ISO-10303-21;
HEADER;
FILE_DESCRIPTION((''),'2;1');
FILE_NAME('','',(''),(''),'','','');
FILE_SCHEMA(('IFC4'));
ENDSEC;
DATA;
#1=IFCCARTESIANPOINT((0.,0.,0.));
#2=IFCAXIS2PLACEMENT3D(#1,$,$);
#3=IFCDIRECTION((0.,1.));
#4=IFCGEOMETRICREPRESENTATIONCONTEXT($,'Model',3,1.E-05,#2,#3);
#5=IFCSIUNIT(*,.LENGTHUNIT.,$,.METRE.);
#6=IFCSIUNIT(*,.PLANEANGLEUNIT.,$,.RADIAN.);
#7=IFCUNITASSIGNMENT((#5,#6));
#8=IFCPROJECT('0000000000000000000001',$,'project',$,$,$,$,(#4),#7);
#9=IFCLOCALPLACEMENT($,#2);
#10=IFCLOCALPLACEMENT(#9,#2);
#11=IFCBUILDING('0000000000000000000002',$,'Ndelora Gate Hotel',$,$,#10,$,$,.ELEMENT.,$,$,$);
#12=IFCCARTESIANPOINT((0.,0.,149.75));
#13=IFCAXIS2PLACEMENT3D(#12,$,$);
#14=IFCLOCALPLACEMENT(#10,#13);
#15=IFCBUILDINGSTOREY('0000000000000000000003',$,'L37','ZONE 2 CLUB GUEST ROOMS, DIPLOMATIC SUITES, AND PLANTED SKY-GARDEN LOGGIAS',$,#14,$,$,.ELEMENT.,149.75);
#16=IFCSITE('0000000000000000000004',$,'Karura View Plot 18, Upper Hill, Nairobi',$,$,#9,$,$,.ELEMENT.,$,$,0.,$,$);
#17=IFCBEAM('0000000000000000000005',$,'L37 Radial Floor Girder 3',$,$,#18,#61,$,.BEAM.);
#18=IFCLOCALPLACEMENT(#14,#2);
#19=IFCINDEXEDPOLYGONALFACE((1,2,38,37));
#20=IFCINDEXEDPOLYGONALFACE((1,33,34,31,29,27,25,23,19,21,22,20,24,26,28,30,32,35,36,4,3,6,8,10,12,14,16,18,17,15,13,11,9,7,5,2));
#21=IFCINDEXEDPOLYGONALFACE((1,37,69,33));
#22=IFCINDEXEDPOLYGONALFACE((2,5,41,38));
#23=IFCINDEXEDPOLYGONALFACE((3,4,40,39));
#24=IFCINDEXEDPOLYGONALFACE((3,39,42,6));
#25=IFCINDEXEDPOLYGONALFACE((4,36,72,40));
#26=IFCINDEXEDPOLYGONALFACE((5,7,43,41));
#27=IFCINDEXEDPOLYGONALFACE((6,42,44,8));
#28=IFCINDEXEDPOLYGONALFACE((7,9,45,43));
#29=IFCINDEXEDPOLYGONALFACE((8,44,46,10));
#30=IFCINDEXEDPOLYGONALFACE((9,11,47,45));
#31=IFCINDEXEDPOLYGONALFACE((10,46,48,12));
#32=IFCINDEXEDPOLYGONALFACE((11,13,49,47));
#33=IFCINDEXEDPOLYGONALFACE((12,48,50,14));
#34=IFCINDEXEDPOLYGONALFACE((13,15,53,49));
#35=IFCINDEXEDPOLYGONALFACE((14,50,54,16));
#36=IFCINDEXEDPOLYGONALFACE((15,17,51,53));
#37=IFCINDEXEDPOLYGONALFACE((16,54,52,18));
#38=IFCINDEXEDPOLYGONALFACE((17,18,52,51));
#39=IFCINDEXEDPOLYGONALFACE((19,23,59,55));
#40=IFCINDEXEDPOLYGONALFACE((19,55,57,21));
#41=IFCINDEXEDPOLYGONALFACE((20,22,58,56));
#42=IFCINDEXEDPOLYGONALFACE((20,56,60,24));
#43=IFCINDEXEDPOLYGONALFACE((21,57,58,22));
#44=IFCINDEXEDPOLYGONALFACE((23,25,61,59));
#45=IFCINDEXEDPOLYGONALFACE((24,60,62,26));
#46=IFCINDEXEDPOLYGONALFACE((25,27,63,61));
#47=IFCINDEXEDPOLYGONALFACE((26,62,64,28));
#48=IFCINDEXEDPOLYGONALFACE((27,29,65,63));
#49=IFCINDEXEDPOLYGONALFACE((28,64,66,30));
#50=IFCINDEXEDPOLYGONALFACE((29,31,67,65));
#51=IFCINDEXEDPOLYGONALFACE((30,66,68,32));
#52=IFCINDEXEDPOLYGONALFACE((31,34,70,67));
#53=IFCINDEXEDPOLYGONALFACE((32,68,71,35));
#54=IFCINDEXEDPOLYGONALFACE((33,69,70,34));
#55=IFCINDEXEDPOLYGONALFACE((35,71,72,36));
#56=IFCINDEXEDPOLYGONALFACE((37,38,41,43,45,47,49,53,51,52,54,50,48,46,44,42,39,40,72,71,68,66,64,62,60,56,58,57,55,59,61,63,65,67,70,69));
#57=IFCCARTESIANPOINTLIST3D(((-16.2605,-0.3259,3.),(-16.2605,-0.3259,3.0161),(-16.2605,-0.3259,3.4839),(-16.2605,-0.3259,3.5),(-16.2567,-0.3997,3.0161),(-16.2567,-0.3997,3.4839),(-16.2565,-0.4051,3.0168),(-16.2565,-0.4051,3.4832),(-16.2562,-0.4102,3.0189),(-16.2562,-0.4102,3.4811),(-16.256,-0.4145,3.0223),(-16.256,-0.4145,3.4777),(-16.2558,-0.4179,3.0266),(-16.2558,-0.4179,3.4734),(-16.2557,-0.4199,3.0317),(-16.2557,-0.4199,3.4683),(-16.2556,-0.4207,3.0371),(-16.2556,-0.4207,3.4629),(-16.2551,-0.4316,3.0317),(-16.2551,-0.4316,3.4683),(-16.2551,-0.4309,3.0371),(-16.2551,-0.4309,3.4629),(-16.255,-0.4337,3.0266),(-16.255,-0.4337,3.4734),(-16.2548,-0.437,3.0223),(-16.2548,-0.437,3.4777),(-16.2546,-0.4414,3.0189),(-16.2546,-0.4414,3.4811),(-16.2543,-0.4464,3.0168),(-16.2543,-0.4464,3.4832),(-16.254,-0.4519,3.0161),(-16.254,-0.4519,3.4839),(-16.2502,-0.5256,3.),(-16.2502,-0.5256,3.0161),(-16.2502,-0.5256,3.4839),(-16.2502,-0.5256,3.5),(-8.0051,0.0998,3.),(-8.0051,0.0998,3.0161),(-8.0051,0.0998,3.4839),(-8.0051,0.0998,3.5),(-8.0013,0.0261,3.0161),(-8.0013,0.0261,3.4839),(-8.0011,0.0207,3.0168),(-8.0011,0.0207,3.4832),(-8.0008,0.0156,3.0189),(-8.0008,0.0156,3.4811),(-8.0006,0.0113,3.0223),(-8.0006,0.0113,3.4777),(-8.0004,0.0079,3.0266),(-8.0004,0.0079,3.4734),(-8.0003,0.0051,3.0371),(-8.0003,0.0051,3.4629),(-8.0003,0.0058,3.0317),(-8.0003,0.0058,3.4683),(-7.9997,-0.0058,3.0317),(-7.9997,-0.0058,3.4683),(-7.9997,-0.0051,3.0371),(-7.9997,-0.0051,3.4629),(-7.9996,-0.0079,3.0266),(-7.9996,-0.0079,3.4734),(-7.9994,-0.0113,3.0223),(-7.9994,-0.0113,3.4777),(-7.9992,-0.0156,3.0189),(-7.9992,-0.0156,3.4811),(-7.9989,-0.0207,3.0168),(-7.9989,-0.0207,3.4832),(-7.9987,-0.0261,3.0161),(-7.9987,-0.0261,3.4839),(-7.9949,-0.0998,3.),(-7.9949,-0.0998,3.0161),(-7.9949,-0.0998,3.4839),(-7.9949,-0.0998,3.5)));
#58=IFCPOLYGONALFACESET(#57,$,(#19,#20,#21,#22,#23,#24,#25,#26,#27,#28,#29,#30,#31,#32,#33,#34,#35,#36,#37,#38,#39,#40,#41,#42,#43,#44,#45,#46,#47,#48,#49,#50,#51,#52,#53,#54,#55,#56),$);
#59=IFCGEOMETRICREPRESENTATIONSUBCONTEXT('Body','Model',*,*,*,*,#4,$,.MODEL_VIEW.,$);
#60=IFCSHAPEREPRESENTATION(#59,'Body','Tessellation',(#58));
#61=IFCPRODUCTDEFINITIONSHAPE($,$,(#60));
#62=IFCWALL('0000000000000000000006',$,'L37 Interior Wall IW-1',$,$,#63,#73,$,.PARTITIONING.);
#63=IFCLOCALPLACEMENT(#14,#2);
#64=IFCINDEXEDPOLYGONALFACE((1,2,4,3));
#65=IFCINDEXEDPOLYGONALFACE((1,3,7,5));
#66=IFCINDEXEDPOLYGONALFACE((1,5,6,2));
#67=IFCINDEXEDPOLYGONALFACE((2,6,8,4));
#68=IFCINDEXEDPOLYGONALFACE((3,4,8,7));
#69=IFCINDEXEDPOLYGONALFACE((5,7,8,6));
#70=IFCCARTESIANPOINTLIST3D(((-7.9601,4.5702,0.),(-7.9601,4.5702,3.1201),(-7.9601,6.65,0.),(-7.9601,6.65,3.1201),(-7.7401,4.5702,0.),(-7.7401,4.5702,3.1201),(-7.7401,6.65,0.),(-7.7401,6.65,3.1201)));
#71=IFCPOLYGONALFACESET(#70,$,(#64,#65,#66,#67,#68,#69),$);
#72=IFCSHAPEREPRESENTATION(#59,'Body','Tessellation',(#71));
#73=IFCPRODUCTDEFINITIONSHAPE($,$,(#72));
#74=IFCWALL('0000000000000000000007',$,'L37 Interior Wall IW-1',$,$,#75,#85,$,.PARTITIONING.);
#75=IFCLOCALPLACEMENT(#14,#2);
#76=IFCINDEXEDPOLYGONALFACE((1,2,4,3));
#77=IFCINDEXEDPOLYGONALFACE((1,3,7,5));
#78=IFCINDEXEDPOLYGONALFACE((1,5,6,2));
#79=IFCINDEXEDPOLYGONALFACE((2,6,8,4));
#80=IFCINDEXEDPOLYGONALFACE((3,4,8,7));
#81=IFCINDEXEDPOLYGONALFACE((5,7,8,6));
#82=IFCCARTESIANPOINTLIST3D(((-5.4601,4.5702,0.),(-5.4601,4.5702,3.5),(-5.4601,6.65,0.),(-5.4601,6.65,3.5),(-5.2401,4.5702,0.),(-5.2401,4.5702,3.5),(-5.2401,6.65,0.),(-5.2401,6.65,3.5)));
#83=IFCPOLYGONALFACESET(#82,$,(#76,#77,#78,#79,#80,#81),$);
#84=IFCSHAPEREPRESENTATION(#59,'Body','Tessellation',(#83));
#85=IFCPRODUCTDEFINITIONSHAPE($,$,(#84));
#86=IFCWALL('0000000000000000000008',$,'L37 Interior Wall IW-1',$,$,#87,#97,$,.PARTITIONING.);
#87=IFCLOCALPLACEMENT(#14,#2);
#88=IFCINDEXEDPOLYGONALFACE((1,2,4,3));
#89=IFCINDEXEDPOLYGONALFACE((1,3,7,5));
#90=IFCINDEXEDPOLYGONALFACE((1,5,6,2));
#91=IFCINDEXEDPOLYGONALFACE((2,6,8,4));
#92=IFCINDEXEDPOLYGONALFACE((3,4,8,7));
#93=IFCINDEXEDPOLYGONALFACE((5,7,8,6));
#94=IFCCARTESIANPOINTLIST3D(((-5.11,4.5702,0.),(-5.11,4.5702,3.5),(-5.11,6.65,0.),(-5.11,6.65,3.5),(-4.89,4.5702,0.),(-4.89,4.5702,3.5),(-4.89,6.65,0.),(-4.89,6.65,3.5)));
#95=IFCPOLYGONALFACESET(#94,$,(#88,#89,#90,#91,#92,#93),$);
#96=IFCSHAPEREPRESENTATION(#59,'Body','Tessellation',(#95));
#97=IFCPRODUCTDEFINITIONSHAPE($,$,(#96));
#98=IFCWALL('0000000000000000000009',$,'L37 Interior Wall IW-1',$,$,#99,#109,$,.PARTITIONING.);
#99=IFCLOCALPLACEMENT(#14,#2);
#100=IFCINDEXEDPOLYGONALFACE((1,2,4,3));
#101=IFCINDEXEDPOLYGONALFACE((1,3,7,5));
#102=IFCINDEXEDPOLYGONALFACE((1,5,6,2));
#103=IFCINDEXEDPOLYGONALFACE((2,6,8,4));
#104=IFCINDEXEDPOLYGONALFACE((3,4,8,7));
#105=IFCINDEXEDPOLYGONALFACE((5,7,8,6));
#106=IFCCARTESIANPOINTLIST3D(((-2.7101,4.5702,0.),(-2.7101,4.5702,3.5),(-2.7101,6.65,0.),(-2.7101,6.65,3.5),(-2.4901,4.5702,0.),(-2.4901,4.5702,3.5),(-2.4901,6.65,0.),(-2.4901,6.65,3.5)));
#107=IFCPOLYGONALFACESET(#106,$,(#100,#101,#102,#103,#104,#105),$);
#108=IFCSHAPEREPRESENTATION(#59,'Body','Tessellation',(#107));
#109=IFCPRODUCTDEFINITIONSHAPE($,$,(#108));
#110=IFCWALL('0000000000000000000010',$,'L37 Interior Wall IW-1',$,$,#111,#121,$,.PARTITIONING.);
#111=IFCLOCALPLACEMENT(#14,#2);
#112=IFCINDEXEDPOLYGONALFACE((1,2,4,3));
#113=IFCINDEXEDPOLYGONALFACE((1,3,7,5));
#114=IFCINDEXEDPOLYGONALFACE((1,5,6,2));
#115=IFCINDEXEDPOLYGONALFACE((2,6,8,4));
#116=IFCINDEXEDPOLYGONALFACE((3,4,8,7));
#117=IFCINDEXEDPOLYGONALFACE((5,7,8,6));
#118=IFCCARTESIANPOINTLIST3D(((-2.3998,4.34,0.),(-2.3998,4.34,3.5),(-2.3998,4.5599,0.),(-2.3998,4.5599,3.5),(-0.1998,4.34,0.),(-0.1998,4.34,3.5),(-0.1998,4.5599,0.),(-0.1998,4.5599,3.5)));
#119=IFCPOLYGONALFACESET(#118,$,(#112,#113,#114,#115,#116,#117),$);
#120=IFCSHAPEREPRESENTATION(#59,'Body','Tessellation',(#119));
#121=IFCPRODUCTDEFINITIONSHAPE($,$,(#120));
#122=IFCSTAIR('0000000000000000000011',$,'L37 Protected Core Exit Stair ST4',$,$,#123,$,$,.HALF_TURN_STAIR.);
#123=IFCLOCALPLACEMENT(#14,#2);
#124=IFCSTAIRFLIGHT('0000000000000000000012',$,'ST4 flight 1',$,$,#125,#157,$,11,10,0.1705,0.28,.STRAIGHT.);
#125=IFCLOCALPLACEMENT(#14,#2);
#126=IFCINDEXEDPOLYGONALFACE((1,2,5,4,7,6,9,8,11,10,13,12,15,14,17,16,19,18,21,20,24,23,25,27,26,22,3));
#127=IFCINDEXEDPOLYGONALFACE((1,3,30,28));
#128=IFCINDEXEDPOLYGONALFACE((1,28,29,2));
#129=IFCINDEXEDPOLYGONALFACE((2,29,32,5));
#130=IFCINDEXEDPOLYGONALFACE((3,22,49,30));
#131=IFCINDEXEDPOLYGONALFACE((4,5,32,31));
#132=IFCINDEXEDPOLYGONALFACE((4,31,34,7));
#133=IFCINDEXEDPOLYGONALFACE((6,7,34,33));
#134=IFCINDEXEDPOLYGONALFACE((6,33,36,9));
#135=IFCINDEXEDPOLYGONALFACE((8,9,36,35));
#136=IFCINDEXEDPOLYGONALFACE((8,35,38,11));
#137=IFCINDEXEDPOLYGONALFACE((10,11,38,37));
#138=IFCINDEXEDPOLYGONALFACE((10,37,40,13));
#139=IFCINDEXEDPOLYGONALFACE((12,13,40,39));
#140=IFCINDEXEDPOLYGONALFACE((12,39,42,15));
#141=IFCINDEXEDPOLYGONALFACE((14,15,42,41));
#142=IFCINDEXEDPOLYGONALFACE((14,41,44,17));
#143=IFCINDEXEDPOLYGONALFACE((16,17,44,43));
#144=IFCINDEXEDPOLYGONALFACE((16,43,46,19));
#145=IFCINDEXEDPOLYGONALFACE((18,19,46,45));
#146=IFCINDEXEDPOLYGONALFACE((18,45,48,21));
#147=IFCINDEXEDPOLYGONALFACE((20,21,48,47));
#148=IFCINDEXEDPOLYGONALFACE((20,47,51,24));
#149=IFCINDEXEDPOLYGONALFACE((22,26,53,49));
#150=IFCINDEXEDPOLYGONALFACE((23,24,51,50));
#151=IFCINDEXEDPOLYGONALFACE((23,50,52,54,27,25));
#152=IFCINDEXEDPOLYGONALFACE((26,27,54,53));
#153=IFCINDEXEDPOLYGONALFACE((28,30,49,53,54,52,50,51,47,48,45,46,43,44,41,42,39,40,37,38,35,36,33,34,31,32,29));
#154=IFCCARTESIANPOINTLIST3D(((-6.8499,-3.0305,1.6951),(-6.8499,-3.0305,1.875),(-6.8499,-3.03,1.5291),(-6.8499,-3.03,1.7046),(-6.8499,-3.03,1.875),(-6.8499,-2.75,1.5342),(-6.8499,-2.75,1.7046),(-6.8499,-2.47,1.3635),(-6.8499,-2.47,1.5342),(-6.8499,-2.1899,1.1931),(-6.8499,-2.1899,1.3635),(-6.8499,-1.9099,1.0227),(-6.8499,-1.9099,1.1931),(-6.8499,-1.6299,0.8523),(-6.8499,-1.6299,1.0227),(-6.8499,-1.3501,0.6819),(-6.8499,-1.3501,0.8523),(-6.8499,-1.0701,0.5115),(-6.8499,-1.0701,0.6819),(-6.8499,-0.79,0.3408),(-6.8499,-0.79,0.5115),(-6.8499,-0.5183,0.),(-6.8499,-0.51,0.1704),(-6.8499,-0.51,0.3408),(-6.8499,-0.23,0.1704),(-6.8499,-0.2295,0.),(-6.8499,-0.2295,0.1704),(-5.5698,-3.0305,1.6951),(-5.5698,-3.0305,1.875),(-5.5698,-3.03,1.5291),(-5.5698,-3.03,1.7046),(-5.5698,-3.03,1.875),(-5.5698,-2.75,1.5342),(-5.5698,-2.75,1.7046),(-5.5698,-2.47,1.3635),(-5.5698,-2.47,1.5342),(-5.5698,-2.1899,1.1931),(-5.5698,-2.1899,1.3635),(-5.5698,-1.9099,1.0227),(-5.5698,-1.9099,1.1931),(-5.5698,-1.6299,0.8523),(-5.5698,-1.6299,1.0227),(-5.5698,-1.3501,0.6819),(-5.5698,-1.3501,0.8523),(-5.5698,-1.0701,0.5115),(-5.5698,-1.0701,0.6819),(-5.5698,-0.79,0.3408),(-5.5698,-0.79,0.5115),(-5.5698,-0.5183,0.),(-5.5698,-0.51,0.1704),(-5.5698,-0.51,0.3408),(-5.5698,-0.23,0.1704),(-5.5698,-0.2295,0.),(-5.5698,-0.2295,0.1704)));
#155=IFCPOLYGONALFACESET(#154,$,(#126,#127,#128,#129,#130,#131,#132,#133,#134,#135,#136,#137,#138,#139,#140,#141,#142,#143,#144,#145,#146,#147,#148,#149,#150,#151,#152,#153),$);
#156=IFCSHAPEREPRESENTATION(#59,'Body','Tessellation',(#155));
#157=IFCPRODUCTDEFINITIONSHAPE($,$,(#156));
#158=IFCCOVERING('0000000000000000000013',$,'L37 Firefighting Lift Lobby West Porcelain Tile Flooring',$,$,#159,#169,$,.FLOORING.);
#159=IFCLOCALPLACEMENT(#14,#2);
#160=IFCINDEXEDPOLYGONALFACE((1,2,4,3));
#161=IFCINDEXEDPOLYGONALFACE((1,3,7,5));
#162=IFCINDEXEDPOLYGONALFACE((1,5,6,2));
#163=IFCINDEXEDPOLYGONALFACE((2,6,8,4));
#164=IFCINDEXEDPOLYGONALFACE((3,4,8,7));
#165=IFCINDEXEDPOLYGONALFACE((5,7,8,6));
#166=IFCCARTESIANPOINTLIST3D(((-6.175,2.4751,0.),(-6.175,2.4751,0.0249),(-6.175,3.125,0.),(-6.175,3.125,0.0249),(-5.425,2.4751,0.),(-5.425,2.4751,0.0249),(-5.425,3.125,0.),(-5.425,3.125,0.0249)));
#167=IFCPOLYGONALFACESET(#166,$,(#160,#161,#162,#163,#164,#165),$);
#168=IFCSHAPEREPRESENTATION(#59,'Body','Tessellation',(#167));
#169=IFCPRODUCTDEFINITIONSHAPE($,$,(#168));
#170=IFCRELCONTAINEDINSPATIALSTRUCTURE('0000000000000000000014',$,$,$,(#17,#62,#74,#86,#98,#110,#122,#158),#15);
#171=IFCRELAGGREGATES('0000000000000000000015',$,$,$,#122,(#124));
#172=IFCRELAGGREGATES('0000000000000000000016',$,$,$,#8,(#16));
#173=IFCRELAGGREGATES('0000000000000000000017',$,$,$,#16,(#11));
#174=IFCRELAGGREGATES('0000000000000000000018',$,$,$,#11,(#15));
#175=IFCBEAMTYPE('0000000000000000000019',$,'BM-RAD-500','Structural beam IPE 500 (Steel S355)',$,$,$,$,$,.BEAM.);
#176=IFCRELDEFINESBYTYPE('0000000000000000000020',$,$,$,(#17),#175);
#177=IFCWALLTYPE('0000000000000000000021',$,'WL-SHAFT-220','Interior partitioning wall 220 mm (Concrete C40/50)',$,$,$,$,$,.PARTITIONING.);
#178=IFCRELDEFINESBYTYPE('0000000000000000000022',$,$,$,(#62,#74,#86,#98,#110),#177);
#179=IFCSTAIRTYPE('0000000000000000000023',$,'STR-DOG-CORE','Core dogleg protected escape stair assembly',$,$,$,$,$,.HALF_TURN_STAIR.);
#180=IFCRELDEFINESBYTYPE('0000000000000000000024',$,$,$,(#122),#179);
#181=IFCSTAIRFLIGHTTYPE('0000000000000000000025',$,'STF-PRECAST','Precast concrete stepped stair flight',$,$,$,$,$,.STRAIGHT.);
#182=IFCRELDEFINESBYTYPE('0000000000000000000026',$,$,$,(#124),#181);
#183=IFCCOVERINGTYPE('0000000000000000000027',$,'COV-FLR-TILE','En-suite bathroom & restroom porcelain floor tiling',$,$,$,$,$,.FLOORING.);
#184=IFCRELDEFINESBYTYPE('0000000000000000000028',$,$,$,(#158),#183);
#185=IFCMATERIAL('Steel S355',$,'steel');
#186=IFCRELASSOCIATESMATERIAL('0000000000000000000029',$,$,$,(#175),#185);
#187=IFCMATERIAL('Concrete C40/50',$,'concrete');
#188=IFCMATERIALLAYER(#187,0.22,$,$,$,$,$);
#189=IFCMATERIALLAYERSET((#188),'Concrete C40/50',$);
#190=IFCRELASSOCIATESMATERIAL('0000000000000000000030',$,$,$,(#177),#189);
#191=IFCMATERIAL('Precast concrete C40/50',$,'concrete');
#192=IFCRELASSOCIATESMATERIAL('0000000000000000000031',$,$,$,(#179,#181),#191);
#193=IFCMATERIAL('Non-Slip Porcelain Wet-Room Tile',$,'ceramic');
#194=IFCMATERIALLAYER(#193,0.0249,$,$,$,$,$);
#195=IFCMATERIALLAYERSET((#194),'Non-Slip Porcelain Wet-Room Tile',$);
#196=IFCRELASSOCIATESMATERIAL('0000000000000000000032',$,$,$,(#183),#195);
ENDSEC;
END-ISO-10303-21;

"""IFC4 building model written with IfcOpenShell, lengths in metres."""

from ifc_helpers import new_model, si_unit, direction, frame, frame_2d, origin, origin_2d, place, context, subcontext, project, spatial, polyline, rectangle, i_section, outline, extrude, material, layer, layer_set, material_profile, profile_set, type_object, element, aggregate, save


model = new_model("IFC4")

# Units and contexts
model_context = context("Model", 3, precision=1e-05, world=origin(), true_north=direction((0.0, 1.0)))
body_context = subcontext(model_context, "Body", "Model", "MODEL_VIEW")
ifc_project = project(units=[si_unit("LENGTHUNIT", "METRE"), si_unit("PLANEANGLEUNIT", "RADIAN")], contexts=[model_context])

# Site, building, storey
site_placement = place(None, origin())
site = spatial("IfcSite", under=ifc_project, at=site_placement, Name="Karura View Plot 18, Upper Hill, Nairobi", CompositionType="ELEMENT", RefElevation=0.0)
building_placement = place(site_placement, origin())
building = spatial("IfcBuilding", under=site, at=building_placement, Name="Ndelora Gate Hotel", CompositionType="ELEMENT")
storey_placement = place(building_placement, frame((0.0, 0.0, 149.75)))
storey = spatial("IfcBuildingStorey", under=building, at=storey_placement, Name="L37", Description="ZONE 2 CLUB GUEST ROOMS, DIPLOMATIC SUITES, AND PLANTED SKY-GARDEN LOGGIAS", CompositionType="ELEMENT", Elevation=149.75)

# Beam
ifc_material_1 = material(Name="Steel S355", Category="steel")
ifc_material_profile = material_profile(ifc_material_1, i_section(OverallWidth=0.2, OverallDepth=0.5, WebThickness=0.0103, FlangeThickness=0.0161, FilletRadius=0.021, at=origin_2d()), Name="IPE 500")
ifc_profile_set = profile_set([ifc_material_profile], Name="Steel S355")
beam_type = type_object("IfcBeamType", Name="BM-RAD-500", Description="Structural beam IPE 500 (Steel S355)", PredefinedType="BEAM", material=ifc_profile_set)
beam_placement = place(storey_placement, frame((-8.0, 0.0, 3.25), z_axis=(-0.998673, -0.051508, 0.0), x_axis=(0.051508, -0.998673, 0.0)))
element("IfcBeam", 1, at=beam_placement, inside=storey, type_object=beam_type, Name="L37 Radial Floor Girder 3", PredefinedType="BEAM", context=body_context, shape_type="SweptSolid", body=[
    extrude(i_section(OverallWidth=0.2, OverallDepth=0.5, WebThickness=0.0103, FlangeThickness=0.0161, FilletRadius=0.021, at=origin_2d()), origin(), (0.0, 0.0, 1.0), 8.2664),
])

# Shared definitions
ifc_material_2 = material(Name="Concrete C40/50", Category="concrete")
ifc_layer_1 = layer(ifc_material_2, 0.22)
ifc_layer_set_1 = layer_set([ifc_layer_1], Name="Concrete C40/50")
wall_type_1 = type_object("IfcWallType", Name="WL-SHAFT-220", Description="Interior partitioning wall 220 mm (Concrete C40/50)", PredefinedType="PARTITIONING", material=ifc_layer_set_1)

# Walls
wall_1_placement = place(storey_placement, frame((-7.8501, 4.5701, 0.0), z_axis=(0.0, 0.0, 1.0), x_axis=(0.0, 1.0, 0.0)))
element("IfcWall", 2, at=wall_1_placement, inside=storey, type_object=wall_type_1, Name="L37 Interior Wall IW-1", PredefinedType="PARTITIONING", context=body_context, shape_type="SweptSolid", body=[
    extrude(rectangle(XDim=2.0798, YDim=0.22, at=frame_2d((1.04, 0.0))), origin(), (0.0, 0.0, 1.0), 3.1201),
])
wall_2_placement = place(storey_placement, frame((-5.3501, 4.5701, 0.0), z_axis=(0.0, 0.0, 1.0), x_axis=(0.0, 1.0, 0.0)))
element("IfcWall", 3, at=wall_2_placement, inside=storey, type_object=wall_type_1, Name="L37 Interior Wall IW-1", PredefinedType="PARTITIONING", context=body_context, shape_type="SweptSolid", body=[
    extrude(rectangle(XDim=2.0798, YDim=0.22, at=frame_2d((1.04, 0.0))), origin(), (0.0, 0.0, 1.0), 3.5),
])

# Walls
for number, where, z_axis, x_axis, name in (
    (4, (-5.0, 4.5701, 0.0), (0.0, 0.0, 1.0), (0.0, 1.0, 0.0), "L37 Interior Wall IW-1"),
    (5, (-2.6001, 4.5701, 0.0), (0.0, 0.0, 1.0), (0.0, 1.0, 0.0), "L37 Interior Wall IW-1"),
):
    element("IfcWall", number, at=place(storey_placement, frame(where, z_axis=z_axis, x_axis=x_axis)), inside=storey, type_object=wall_type_1, Name=name, PredefinedType="PARTITIONING", context=body_context, shape_type="SweptSolid", body=[
        extrude(rectangle(XDim=2.0798, YDim=0.22, at=frame_2d((1.04, 0.0))), origin(), (0.0, 0.0, 1.0), 3.5),
    ])
wall_3_placement = place(storey_placement, frame((-2.3999, 4.45, 0.0), z_axis=(0.0, 0.0, 1.0), x_axis=(1.0, 0.0, 0.0)))
element("IfcWall", 6, at=wall_3_placement, inside=storey, type_object=wall_type_1, Name="L37 Interior Wall IW-1", PredefinedType="PARTITIONING", context=body_context, shape_type="SweptSolid", body=[
    extrude(rectangle(XDim=2.2, YDim=0.22, at=frame_2d((1.1001, 0.0))), origin(), (0.0, 0.0, 1.0), 3.5),
])

# Stair, stair flight
ifc_material_3 = material(Name="Precast concrete C40/50", Category="concrete")
stair_type = type_object("IfcStairType", Name="STR-DOG-CORE", Description="Core dogleg protected escape stair assembly", PredefinedType="HALF_TURN_STAIR", material=ifc_material_3)
stair_placement = place(storey_placement, origin())
stair = element("IfcStair", 7, at=stair_placement, inside=storey, type_object=stair_type, Name="L37 Protected Core Exit Stair ST4", PredefinedType="HALF_TURN_STAIR")
stair_flight_type = type_object("IfcStairFlightType", Name="STF-PRECAST", Description="Precast concrete stepped stair flight", PredefinedType="STRAIGHT", material=ifc_material_3)
stair_flight_placement = place(storey_placement, frame((-6.21, -0.23, 0.0), z_axis=(0.0, 0.0, 1.0), x_axis=(0.0, -1.0, 0.0)))
stair_flight = element("IfcStairFlight", 8, at=stair_flight_placement, type_object=stair_flight_type, Name="ST4 flight 1", NumberOfRisers=11, NumberOfTreads=10, PredefinedType="STRAIGHT", RiserHeight=0.1705, TreadLength=0.28, context=body_context, shape_type="SweptSolid", body=[
    extrude(outline(polyline([(-0.0005, 0.0), (-0.0005, 0.1704), (0.0, 0.1704), (0.28, 0.1704), (0.28, 0.3408), (0.5601, 0.3408), (0.5601, 0.5115), (0.8401, 0.5115), (0.8401, 0.6819), (1.1201, 0.6819), (1.1201, 0.8523), (1.3999, 0.8523), (1.3999, 1.0227), (1.6799, 1.0227), (1.6799, 1.1931), (1.96, 1.1931), (1.96, 1.3635), (2.24, 1.3635), (2.24, 1.5342), (2.52, 1.5342), (2.52, 1.7046), (2.8, 1.7046), (2.8, 1.875), (2.8005, 1.875), (2.8005, 1.6951), (2.8, 1.5291), (0.2883, 0.0), (-0.0005, 0.0)])), frame((0.0, 0.6401, 0.0), z_axis=(0.0, -1.0, 0.0), x_axis=(1.0, 0.0, 0.0)), (0.0, 0.0, 1.0), 1.28),
])
aggregate(stair, [stair_flight])

# Covering
ifc_material_4 = material(Name="Non-Slip Porcelain Wet-Room Tile", Category="ceramic")
ifc_layer_2 = layer(ifc_material_4, 0.0249)
ifc_layer_set_2 = layer_set([ifc_layer_2], Name="Non-Slip Porcelain Wet-Room Tile")
covering_type = type_object("IfcCoveringType", Name="COV-FLR-TILE", Description="En-suite bathroom & restroom porcelain floor tiling", PredefinedType="FLOORING", material=ifc_layer_set_2)
covering_placement = place(storey_placement, frame((-5.8, 2.8, 0.0), z_axis=(0.0, 0.0, 1.0), x_axis=(1.0, 0.0, 0.0)))
element("IfcCovering", 9, at=covering_placement, inside=storey, type_object=covering_type, Name="L37 Firefighting Lift Lobby West Porcelain Tile Flooring", PredefinedType="FLOORING", context=body_context, shape_type="SweptSolid", body=[
    extrude(rectangle(XDim=0.75, YDim=0.6499, at=origin_2d()), origin(), (0.0, 0.0, 1.0), 0.0249),
])

save(model, "model.ifc")
